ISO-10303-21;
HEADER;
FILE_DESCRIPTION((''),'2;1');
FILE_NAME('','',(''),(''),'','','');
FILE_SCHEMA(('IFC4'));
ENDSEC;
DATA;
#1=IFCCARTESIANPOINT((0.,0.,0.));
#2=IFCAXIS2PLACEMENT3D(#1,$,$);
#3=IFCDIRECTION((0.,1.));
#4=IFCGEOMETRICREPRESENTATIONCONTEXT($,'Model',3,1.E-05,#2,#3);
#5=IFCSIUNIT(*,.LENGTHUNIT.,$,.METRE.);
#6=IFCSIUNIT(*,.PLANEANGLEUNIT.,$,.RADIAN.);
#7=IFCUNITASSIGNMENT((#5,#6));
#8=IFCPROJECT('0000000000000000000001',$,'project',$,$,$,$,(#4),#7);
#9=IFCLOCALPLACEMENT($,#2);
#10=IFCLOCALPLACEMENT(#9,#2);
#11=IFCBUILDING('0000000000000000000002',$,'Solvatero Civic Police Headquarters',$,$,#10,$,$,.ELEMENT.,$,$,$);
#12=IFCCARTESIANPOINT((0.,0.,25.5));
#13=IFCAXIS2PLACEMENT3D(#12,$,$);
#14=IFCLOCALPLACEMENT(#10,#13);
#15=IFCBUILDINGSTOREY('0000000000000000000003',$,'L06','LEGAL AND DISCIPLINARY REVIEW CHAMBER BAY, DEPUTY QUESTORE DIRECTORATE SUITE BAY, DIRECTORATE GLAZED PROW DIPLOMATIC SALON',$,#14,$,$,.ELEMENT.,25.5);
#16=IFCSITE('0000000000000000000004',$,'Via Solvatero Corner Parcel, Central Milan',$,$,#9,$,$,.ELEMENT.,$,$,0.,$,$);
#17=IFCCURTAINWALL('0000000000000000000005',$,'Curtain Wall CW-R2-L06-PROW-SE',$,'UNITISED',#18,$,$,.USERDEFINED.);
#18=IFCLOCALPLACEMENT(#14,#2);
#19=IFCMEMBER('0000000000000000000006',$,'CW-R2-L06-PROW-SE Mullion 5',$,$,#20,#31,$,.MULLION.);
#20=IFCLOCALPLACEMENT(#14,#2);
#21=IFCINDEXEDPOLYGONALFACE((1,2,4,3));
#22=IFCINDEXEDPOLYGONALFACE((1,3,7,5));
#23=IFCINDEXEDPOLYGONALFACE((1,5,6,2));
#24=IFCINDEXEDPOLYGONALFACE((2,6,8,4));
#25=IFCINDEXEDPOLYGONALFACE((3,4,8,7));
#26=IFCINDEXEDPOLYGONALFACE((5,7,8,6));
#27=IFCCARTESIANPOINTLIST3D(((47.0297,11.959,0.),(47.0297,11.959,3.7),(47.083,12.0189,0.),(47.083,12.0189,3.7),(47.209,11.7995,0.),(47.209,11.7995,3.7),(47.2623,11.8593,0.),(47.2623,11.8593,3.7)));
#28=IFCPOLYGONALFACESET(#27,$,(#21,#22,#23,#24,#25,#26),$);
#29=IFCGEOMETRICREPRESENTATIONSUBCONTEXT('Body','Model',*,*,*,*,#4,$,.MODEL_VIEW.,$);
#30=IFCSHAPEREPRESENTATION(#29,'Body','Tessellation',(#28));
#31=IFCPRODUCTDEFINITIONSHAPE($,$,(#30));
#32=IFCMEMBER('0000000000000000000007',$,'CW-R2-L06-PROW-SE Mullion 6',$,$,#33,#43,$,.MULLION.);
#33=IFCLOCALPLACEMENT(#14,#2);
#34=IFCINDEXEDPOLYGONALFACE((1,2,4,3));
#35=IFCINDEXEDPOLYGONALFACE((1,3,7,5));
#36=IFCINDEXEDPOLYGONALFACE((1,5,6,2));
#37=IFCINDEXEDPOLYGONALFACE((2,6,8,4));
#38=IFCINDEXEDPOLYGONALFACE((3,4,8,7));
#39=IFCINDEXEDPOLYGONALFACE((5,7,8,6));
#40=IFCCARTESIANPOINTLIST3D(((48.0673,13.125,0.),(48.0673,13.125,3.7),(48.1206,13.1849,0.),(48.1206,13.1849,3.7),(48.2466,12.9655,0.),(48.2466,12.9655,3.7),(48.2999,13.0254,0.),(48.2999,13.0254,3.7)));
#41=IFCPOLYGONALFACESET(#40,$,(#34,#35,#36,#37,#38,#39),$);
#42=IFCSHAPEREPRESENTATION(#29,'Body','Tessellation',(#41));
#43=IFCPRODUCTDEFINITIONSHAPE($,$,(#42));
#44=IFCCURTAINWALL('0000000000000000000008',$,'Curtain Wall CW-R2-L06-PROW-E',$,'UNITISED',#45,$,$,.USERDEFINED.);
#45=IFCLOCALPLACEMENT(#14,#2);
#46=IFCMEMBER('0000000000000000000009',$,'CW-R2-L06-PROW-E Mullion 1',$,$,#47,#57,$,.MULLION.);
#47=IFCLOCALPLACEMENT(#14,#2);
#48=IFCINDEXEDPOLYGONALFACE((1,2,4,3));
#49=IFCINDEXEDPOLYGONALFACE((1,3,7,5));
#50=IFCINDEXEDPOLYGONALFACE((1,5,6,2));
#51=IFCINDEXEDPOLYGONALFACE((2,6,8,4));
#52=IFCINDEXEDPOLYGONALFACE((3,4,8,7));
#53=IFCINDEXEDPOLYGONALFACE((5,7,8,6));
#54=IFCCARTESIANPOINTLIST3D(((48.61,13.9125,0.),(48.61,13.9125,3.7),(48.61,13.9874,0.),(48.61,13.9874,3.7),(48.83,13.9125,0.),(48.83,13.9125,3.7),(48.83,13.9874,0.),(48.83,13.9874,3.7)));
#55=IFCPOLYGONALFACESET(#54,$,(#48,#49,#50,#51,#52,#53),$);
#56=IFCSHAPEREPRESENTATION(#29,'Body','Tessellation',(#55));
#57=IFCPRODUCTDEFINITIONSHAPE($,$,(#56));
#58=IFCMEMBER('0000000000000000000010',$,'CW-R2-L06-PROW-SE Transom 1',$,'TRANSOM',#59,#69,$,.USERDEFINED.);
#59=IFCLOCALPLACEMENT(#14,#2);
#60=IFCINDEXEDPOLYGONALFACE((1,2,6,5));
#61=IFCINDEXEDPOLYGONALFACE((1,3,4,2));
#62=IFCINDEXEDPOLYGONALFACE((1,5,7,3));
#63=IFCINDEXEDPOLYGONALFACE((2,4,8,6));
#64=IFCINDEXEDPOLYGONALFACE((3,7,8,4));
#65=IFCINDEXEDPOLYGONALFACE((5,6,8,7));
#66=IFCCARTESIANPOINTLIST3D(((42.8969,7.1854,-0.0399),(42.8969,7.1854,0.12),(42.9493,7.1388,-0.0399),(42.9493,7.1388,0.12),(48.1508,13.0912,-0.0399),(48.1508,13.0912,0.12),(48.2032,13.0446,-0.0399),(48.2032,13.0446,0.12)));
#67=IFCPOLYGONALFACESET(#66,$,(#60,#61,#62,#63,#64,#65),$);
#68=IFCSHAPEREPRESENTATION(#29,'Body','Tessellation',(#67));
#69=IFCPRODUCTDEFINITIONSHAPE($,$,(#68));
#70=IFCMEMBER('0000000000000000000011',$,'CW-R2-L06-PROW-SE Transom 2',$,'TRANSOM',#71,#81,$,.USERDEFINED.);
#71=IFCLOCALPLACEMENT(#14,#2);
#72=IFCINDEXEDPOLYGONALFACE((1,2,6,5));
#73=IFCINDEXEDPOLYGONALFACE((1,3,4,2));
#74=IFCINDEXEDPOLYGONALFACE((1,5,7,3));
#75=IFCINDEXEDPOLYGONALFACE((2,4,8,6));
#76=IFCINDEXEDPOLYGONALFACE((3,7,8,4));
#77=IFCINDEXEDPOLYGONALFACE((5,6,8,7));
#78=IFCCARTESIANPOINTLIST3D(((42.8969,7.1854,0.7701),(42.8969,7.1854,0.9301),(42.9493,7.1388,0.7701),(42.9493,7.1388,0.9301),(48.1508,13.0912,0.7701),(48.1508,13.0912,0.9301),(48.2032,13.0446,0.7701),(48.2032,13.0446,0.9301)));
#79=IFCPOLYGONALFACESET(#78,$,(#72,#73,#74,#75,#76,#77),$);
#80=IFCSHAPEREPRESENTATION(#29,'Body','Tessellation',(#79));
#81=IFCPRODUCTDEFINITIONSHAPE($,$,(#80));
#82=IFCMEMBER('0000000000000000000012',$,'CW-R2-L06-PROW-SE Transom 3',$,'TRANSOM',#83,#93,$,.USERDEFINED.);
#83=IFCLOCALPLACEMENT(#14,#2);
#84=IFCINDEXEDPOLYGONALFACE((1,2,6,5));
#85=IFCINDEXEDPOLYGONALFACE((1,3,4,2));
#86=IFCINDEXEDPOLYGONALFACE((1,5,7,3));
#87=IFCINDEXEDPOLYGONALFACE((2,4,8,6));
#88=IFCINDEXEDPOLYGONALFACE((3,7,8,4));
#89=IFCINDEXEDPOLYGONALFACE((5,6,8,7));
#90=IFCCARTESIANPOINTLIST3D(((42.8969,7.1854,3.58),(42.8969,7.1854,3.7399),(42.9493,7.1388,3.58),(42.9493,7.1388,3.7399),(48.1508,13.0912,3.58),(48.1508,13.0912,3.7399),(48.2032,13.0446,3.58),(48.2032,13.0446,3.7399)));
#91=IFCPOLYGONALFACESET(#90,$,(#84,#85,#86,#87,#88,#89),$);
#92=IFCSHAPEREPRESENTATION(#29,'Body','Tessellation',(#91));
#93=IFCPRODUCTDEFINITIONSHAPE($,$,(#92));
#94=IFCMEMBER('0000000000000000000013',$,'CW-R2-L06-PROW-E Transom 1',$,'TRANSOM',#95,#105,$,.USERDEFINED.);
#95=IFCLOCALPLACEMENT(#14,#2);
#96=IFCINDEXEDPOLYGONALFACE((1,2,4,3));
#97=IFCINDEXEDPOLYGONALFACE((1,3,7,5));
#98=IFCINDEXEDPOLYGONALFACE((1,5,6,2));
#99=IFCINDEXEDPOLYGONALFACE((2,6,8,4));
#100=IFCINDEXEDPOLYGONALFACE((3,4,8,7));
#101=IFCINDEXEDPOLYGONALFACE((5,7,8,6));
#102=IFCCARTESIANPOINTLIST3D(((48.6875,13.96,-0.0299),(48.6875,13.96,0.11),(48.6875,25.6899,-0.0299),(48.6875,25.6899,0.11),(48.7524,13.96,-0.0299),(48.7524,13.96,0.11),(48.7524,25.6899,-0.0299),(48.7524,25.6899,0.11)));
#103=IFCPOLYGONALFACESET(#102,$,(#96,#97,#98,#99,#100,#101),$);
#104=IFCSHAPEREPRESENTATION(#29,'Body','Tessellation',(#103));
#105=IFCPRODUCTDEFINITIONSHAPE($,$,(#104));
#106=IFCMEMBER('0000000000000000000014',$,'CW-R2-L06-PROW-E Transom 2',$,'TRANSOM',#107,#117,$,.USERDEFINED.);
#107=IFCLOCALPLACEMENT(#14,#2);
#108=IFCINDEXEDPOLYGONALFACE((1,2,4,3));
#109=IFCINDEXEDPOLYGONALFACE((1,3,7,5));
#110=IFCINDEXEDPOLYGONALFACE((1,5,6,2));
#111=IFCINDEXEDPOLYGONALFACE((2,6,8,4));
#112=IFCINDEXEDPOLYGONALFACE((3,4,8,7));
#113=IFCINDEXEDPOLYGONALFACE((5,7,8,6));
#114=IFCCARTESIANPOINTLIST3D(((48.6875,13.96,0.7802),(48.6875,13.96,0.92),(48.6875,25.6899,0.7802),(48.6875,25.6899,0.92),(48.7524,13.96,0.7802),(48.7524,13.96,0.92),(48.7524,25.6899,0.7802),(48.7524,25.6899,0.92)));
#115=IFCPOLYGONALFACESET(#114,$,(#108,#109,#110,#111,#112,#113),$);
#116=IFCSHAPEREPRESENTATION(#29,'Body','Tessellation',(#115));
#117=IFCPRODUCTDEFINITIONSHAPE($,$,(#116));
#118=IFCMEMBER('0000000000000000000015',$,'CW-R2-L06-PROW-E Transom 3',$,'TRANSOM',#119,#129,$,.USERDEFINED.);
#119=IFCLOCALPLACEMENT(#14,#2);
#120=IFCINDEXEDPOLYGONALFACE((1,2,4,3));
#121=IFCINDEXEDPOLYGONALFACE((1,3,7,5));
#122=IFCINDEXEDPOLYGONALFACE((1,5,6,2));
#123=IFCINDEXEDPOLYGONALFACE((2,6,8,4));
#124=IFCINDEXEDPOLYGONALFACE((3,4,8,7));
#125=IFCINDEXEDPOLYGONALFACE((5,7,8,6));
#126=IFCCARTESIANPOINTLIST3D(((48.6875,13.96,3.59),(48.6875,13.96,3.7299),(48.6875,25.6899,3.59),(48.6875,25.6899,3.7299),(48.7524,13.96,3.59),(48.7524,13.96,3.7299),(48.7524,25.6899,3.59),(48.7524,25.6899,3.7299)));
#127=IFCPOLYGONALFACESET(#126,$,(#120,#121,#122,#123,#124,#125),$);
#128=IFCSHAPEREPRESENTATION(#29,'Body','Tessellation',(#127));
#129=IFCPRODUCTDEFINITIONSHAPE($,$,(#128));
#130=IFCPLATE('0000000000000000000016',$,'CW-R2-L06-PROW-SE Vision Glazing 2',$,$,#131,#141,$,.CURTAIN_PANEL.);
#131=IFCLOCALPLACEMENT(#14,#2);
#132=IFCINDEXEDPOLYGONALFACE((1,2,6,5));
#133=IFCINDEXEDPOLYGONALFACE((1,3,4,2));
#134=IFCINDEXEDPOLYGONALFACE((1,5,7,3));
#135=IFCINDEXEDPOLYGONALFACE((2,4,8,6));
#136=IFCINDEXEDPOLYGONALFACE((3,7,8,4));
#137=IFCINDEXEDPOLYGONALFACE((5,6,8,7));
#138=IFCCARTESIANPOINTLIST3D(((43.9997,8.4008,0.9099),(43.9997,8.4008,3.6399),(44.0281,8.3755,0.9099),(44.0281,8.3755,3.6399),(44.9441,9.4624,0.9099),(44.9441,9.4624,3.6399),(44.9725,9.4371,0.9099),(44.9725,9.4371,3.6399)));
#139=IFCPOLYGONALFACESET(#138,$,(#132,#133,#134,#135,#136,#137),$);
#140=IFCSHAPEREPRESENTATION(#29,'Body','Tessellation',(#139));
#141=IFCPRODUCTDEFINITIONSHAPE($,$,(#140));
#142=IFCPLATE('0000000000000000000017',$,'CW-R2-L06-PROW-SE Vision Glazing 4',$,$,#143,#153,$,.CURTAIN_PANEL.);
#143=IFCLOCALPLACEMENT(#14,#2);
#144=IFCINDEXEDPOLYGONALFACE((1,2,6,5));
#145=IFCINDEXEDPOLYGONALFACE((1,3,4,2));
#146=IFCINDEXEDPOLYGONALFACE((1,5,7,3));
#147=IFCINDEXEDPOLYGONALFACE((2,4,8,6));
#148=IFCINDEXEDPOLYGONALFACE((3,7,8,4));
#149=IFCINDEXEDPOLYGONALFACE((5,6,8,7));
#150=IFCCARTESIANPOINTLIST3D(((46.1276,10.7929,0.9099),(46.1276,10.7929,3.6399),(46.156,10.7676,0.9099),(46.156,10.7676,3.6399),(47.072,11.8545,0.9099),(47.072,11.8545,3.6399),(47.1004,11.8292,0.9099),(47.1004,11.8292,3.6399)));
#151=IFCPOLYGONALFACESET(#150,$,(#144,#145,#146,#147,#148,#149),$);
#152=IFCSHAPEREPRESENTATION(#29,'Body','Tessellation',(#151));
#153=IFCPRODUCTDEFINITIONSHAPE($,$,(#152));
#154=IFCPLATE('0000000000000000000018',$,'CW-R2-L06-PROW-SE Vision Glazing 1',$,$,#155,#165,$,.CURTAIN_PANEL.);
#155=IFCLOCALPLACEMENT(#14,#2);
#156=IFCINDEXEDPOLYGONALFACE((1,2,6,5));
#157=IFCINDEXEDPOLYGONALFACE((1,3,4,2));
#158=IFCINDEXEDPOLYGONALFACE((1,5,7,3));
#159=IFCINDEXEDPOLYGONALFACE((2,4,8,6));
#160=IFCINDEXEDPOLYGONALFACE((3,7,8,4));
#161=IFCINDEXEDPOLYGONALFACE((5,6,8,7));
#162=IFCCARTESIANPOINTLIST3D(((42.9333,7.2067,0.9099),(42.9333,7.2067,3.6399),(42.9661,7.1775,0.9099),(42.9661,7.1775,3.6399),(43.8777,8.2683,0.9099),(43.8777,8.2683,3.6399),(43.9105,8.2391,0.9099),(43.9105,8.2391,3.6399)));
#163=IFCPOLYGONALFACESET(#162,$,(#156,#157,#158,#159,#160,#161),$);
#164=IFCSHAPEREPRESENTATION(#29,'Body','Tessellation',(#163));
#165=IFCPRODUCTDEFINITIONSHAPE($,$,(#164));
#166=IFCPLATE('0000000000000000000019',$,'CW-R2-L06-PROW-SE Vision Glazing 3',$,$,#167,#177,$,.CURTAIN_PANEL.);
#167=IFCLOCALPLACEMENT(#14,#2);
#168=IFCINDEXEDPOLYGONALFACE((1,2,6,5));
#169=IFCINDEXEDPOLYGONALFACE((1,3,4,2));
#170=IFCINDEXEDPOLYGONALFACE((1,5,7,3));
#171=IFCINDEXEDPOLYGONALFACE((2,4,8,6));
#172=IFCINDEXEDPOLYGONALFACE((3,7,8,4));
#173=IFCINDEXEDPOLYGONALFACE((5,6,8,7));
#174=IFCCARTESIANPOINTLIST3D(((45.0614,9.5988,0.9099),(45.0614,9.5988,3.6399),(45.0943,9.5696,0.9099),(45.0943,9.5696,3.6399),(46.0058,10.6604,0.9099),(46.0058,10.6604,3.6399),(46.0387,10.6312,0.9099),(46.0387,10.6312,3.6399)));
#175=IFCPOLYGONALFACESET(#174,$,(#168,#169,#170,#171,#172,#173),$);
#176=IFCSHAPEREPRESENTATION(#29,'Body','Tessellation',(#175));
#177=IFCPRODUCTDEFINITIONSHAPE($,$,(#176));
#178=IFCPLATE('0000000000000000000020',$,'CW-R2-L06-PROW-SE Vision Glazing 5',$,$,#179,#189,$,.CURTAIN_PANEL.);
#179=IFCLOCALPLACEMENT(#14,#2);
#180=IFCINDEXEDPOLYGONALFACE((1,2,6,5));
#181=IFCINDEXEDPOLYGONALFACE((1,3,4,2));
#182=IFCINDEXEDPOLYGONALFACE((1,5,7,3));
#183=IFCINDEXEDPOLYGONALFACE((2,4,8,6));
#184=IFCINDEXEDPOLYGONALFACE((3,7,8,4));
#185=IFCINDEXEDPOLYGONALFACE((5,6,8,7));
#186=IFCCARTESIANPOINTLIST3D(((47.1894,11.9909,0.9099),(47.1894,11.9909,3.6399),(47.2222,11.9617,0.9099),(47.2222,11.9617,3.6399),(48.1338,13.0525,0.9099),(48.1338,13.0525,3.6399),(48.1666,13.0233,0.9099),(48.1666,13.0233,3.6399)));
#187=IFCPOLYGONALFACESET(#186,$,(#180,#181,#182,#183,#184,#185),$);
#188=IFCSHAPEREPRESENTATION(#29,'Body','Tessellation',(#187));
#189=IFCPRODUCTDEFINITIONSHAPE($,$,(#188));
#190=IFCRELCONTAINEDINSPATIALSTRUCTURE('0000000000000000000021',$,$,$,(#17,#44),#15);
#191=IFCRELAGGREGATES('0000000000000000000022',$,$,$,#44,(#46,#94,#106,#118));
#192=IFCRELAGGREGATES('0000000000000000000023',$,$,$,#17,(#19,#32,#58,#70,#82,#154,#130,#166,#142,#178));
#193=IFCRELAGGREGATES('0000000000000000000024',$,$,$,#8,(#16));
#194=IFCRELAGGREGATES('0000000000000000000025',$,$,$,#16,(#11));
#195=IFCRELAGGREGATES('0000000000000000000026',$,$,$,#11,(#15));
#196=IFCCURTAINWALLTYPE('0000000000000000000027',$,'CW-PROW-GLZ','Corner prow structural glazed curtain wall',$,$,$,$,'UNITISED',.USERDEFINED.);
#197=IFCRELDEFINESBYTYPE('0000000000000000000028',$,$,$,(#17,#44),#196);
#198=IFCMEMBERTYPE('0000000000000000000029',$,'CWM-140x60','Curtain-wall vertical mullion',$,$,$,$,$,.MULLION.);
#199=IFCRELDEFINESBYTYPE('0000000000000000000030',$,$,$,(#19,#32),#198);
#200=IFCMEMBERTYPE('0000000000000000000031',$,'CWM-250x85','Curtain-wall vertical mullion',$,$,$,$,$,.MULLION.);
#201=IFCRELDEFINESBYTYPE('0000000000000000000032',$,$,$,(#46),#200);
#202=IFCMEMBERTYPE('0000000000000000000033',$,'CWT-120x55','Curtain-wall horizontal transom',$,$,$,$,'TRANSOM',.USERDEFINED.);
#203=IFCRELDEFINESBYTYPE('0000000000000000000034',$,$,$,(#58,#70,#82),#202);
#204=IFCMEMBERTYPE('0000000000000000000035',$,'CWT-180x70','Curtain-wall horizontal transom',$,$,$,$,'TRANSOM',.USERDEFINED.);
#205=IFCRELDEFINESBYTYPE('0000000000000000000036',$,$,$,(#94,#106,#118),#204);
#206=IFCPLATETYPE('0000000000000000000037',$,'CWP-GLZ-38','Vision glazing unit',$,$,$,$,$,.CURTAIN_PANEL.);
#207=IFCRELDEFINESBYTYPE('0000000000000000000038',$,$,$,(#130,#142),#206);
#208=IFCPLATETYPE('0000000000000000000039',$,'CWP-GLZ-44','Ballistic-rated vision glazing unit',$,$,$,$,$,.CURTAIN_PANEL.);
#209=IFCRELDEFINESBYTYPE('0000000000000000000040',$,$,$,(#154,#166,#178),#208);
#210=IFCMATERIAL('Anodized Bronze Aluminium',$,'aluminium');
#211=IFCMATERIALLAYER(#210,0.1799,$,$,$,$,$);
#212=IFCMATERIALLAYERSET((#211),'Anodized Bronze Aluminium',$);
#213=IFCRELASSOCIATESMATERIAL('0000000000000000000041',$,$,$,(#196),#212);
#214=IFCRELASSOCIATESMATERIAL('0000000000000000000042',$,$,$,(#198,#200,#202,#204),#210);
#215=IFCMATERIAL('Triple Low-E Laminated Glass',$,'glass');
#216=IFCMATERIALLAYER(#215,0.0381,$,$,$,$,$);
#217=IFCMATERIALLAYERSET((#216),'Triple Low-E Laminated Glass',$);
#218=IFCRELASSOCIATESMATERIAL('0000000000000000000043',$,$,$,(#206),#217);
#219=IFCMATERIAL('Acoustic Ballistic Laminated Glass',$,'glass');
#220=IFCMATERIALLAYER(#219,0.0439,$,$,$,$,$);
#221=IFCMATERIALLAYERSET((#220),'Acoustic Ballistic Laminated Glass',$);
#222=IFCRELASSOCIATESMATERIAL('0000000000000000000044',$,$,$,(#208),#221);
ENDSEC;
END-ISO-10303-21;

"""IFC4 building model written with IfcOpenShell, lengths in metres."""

from ifc_helpers import new_model, si_unit, direction, frame, origin, origin_2d, place, context, subcontext, project, spatial, rectangle, extrude, material, layer, layer_set, material_profile, profile_set, type_object, element, aggregate, save


model = new_model("IFC4")

# Units and contexts
model_context = context("Model", 3, precision=1e-05, world=origin(), true_north=direction((0.0, 1.0)))
body_context = subcontext(model_context, "Body", "Model", "MODEL_VIEW")
ifc_project = project(units=[si_unit("LENGTHUNIT", "METRE"), si_unit("PLANEANGLEUNIT", "RADIAN")], contexts=[model_context])

# Site, building, storey
site_placement = place(None, origin())
site = spatial("IfcSite", under=ifc_project, at=site_placement, Name="Via Solvatero Corner Parcel, Central Milan", CompositionType="ELEMENT", RefElevation=0.0)
building_placement = place(site_placement, origin())
building = spatial("IfcBuilding", under=site, at=building_placement, Name="Solvatero Civic Police Headquarters", CompositionType="ELEMENT")
storey_placement = place(building_placement, frame((0.0, 0.0, 25.5)))
storey = spatial("IfcBuildingStorey", under=building, at=storey_placement, Name="L06", Description="LEGAL AND DISCIPLINARY REVIEW CHAMBER BAY, DEPUTY QUESTORE DIRECTORATE SUITE BAY, DIRECTORATE GLAZED PROW DIPLOMATIC SALON", CompositionType="ELEMENT", Elevation=25.5)

# Curtain wall, members
ifc_material_1 = material(Name="Anodized Bronze Aluminium", Category="aluminium")
ifc_layer_1 = layer(ifc_material_1, 0.1799)
ifc_layer_set_1 = layer_set([ifc_layer_1], Name="Anodized Bronze Aluminium")
curtain_wall_type = type_object("IfcCurtainWallType", Name="CW-PROW-GLZ", Description="Corner prow structural glazed curtain wall", ElementType="UNITISED", PredefinedType="USERDEFINED", material=ifc_layer_set_1)
curtain_wall_1_placement = place(storey_placement, origin())
curtain_wall_1 = element("IfcCurtainWall", 1, at=curtain_wall_1_placement, inside=storey, type_object=curtain_wall_type, Name="Curtain Wall CW-R2-L06-PROW-SE", ObjectType="UNITISED", PredefinedType="USERDEFINED")
ifc_material_profile_1 = material_profile(ifc_material_1, rectangle(XDim=0.0801, YDim=0.24, at=origin_2d()), Name="ALU MULLION 80x240")
ifc_profile_set_1 = profile_set([ifc_material_profile_1], Name="Anodized Bronze Aluminium")
member_type_1 = type_object("IfcMemberType", Name="CWM-140x60", Description="Curtain-wall vertical mullion", PredefinedType="MULLION", material=ifc_profile_set_1)
member_1_placement = place(storey_placement, frame((47.146, 11.9092, 0.0), z_axis=(0.0, 0.0, 1.0), x_axis=(0.664657, 0.747149, 0.0)))
member_1 = element("IfcMember", 2, at=member_1_placement, type_object=member_type_1, Name="CW-R2-L06-PROW-SE Mullion 5", PredefinedType="MULLION", context=body_context, shape_type="SweptSolid", body=[
    extrude(rectangle(XDim=0.0801, YDim=0.24, at=origin_2d()), origin(), (0.0, 0.0, 1.0), 3.7),
])
member_2_placement = place(storey_placement, frame((48.1836, 13.0752, 0.0), z_axis=(0.0, 0.0, 1.0), x_axis=(0.664657, 0.747149, 0.0)))
member_2 = element("IfcMember", 3, at=member_2_placement, type_object=member_type_1, Name="CW-R2-L06-PROW-SE Mullion 6", PredefinedType="MULLION", context=body_context, shape_type="SweptSolid", body=[
    extrude(rectangle(XDim=0.0801, YDim=0.24, at=origin_2d()), origin(), (0.0, 0.0, 1.0), 3.7),
])

# Curtain wall, member
curtain_wall_2_placement = place(storey_placement, origin())
curtain_wall_2 = element("IfcCurtainWall", 4, at=curtain_wall_2_placement, inside=storey, type_object=curtain_wall_type, Name="Curtain Wall CW-R2-L06-PROW-E", ObjectType="UNITISED", PredefinedType="USERDEFINED")
ifc_material_profile_2 = material_profile(ifc_material_1, rectangle(XDim=0.075, YDim=0.22, at=origin_2d()), Name="ALU MULLION 75x220")
ifc_profile_set_2 = profile_set([ifc_material_profile_2], Name="Anodized Bronze Aluminium")
member_type_2 = type_object("IfcMemberType", Name="CWM-250x85", Description="Curtain-wall vertical mullion", PredefinedType="MULLION", material=ifc_profile_set_2)
member_3_placement = place(storey_placement, frame((48.72, 13.95, 0.0), z_axis=(0.0, 0.0, 1.0), x_axis=(0.0, 1.0, 0.0)))
member_3 = element("IfcMember", 5, at=member_3_placement, type_object=member_type_2, Name="CW-R2-L06-PROW-E Mullion 1", PredefinedType="MULLION", context=body_context, shape_type="SweptSolid", body=[
    extrude(rectangle(XDim=0.075, YDim=0.22, at=origin_2d()), origin(), (0.0, 0.0, 1.0), 3.7),
])

# Members
ifc_material_profile_3 = material_profile(ifc_material_1, rectangle(XDim=0.0701, YDim=0.1599, at=origin_2d()), Name="ALU TRANSOM 70x160")
ifc_profile_set_3 = profile_set([ifc_material_profile_3], Name="Anodized Bronze Aluminium")
member_type_3 = type_object("IfcMemberType", Name="CWT-120x55", Description="Curtain-wall horizontal transom", ElementType="TRANSOM", PredefinedType="USERDEFINED", material=ifc_profile_set_3)
member_4_placement = place(storey_placement, frame((42.9231, 7.1621, 0.04), z_axis=(0.664671, 0.747137, 0.0), x_axis=(-0.747137, 0.664671, 0.0)))
member_4 = element("IfcMember", 6, at=member_4_placement, type_object=member_type_3, Name="CW-R2-L06-PROW-SE Transom 1", ObjectType="TRANSOM", PredefinedType="USERDEFINED", context=body_context, shape_type="SweptSolid", body=[
    extrude(rectangle(XDim=0.0701, YDim=0.1599, at=origin_2d()), origin(), (0.0, 0.0, 1.0), 7.9045),
])
member_5_placement = place(storey_placement, frame((42.9231, 7.1621, 0.8501), z_axis=(0.664671, 0.747137, 0.0), x_axis=(-0.747137, 0.664671, 0.0)))
member_5 = element("IfcMember", 7, at=member_5_placement, type_object=member_type_3, Name="CW-R2-L06-PROW-SE Transom 2", ObjectType="TRANSOM", PredefinedType="USERDEFINED", context=body_context, shape_type="SweptSolid", body=[
    extrude(rectangle(XDim=0.0701, YDim=0.1599, at=origin_2d()), origin(), (0.0, 0.0, 1.0), 7.9045),
])
member_6_placement = place(storey_placement, frame((42.9231, 7.1621, 3.6599), z_axis=(0.664671, 0.747137, 0.0), x_axis=(-0.747137, 0.664671, 0.0)))
member_6 = element("IfcMember", 8, at=member_6_placement, type_object=member_type_3, Name="CW-R2-L06-PROW-SE Transom 3", ObjectType="TRANSOM", PredefinedType="USERDEFINED", context=body_context, shape_type="SweptSolid", body=[
    extrude(rectangle(XDim=0.0701, YDim=0.1599, at=origin_2d()), origin(), (0.0, 0.0, 1.0), 7.9045),
])
ifc_material_profile_4 = material_profile(ifc_material_1, rectangle(XDim=0.0649, YDim=0.1399, at=origin_2d()), Name="ALU TRANSOM 65x140")
ifc_profile_set_4 = profile_set([ifc_material_profile_4], Name="Anodized Bronze Aluminium")
member_type_4 = type_object("IfcMemberType", Name="CWT-180x70", Description="Curtain-wall horizontal transom", ElementType="TRANSOM", PredefinedType="USERDEFINED", material=ifc_profile_set_4)
member_7_placement = place(storey_placement, frame((48.72, 13.96, 0.04), z_axis=(0.0, 1.0, 0.0), x_axis=(-1.0, 0.0, 0.0)))
member_7 = element("IfcMember", 9, at=member_7_placement, type_object=member_type_4, Name="CW-R2-L06-PROW-E Transom 1", ObjectType="TRANSOM", PredefinedType="USERDEFINED", context=body_context, shape_type="SweptSolid", body=[
    extrude(rectangle(XDim=0.0649, YDim=0.1399, at=origin_2d()), origin(), (0.0, 0.0, 1.0), 11.73),
])
member_8_placement = place(storey_placement, frame((48.72, 13.96, 0.8501), z_axis=(0.0, 1.0, 0.0), x_axis=(-1.0, 0.0, 0.0)))
member_8 = element("IfcMember", 10, at=member_8_placement, type_object=member_type_4, Name="CW-R2-L06-PROW-E Transom 2", ObjectType="TRANSOM", PredefinedType="USERDEFINED", context=body_context, shape_type="SweptSolid", body=[
    extrude(rectangle(XDim=0.0649, YDim=0.1399, at=origin_2d()), origin(), (0.0, 0.0, 1.0), 11.73),
])
member_9_placement = place(storey_placement, frame((48.72, 13.96, 3.6599), z_axis=(0.0, 1.0, 0.0), x_axis=(-1.0, 0.0, 0.0)))
member_9 = element("IfcMember", 11, at=member_9_placement, type_object=member_type_4, Name="CW-R2-L06-PROW-E Transom 3", ObjectType="TRANSOM", PredefinedType="USERDEFINED", context=body_context, shape_type="SweptSolid", body=[
    extrude(rectangle(XDim=0.0649, YDim=0.1399, at=origin_2d()), origin(), (0.0, 0.0, 1.0), 11.73),
])

# Plates
ifc_material_2 = material(Name="Triple Low-E Laminated Glass", Category="glass")
ifc_layer_2 = layer(ifc_material_2, 0.0381)
ifc_layer_set_2 = layer_set([ifc_layer_2], Name="Triple Low-E Laminated Glass")
plate_type_1 = type_object("IfcPlateType", Name="CWP-GLZ-38", Description="Vision glazing unit", PredefinedType="CURTAIN_PANEL", material=ifc_layer_set_2)
plate_1_placement = place(storey_placement, frame((44.4861, 8.9189, 0.9099), z_axis=(0.0, 0.0, 1.0), x_axis=(0.664657, 0.747149, 0.0)))
plate_1 = element("IfcPlate", 12, at=plate_1_placement, type_object=plate_type_1, Name="CW-R2-L06-PROW-SE Vision Glazing 2", PredefinedType="CURTAIN_PANEL", context=body_context, shape_type="SweptSolid", body=[
    extrude(rectangle(XDim=1.4209, YDim=0.0381, at=origin_2d()), origin(), (0.0, 0.0, 1.0), 2.73),
])
plate_2_placement = place(storey_placement, frame((46.614, 11.311, 0.9099), z_axis=(0.0, 0.0, 1.0), x_axis=(0.664657, 0.747149, 0.0)))
plate_2 = element("IfcPlate", 13, at=plate_2_placement, type_object=plate_type_1, Name="CW-R2-L06-PROW-SE Vision Glazing 4", PredefinedType="CURTAIN_PANEL", context=body_context, shape_type="SweptSolid", body=[
    extrude(rectangle(XDim=1.4209, YDim=0.0381, at=origin_2d()), origin(), (0.0, 0.0, 1.0), 2.73),
])
ifc_material_3 = material(Name="Acoustic Ballistic Laminated Glass", Category="glass")
ifc_layer_3 = layer(ifc_material_3, 0.0439)
ifc_layer_set_3 = layer_set([ifc_layer_3], Name="Acoustic Ballistic Laminated Glass")
plate_type_2 = type_object("IfcPlateType", Name="CWP-GLZ-44", Description="Ballistic-rated vision glazing unit", PredefinedType="CURTAIN_PANEL", material=ifc_layer_set_3)
plate_3_placement = place(storey_placement, frame((43.4219, 7.7229, 0.9099), z_axis=(0.0, 0.0, 1.0), x_axis=(0.664657, 0.747149, 0.0)))
plate_3 = element("IfcPlate", 14, at=plate_3_placement, type_object=plate_type_2, Name="CW-R2-L06-PROW-SE Vision Glazing 1", PredefinedType="CURTAIN_PANEL", context=body_context, shape_type="SweptSolid", body=[
    extrude(rectangle(XDim=1.4209, YDim=0.0439, at=origin_2d()), origin(), (0.0, 0.0, 1.0), 2.73),
])
plate_4_placement = place(storey_placement, frame((45.55, 10.115, 0.9099), z_axis=(0.0, 0.0, 1.0), x_axis=(0.664657, 0.747149, 0.0)))
plate_4 = element("IfcPlate", 15, at=plate_4_placement, type_object=plate_type_2, Name="CW-R2-L06-PROW-SE Vision Glazing 3", PredefinedType="CURTAIN_PANEL", context=body_context, shape_type="SweptSolid", body=[
    extrude(rectangle(XDim=1.4209, YDim=0.0439, at=origin_2d()), origin(), (0.0, 0.0, 1.0), 2.73),
])
plate_5_placement = place(storey_placement, frame((47.678, 12.5071, 0.9099), z_axis=(0.0, 0.0, 1.0), x_axis=(0.664657, 0.747149, 0.0)))
plate_5 = element("IfcPlate", 16, at=plate_5_placement, type_object=plate_type_2, Name="CW-R2-L06-PROW-SE Vision Glazing 5", PredefinedType="CURTAIN_PANEL", context=body_context, shape_type="SweptSolid", body=[
    extrude(rectangle(XDim=1.4209, YDim=0.0439, at=origin_2d()), origin(), (0.0, 0.0, 1.0), 2.73),
])
aggregate(curtain_wall_2, [member_3, member_7, member_8, member_9])
aggregate(curtain_wall_1, [member_1, member_2, member_4, member_5, member_6, plate_3, plate_1, plate_4, plate_2, plate_5])

save(model, "model.ifc")
